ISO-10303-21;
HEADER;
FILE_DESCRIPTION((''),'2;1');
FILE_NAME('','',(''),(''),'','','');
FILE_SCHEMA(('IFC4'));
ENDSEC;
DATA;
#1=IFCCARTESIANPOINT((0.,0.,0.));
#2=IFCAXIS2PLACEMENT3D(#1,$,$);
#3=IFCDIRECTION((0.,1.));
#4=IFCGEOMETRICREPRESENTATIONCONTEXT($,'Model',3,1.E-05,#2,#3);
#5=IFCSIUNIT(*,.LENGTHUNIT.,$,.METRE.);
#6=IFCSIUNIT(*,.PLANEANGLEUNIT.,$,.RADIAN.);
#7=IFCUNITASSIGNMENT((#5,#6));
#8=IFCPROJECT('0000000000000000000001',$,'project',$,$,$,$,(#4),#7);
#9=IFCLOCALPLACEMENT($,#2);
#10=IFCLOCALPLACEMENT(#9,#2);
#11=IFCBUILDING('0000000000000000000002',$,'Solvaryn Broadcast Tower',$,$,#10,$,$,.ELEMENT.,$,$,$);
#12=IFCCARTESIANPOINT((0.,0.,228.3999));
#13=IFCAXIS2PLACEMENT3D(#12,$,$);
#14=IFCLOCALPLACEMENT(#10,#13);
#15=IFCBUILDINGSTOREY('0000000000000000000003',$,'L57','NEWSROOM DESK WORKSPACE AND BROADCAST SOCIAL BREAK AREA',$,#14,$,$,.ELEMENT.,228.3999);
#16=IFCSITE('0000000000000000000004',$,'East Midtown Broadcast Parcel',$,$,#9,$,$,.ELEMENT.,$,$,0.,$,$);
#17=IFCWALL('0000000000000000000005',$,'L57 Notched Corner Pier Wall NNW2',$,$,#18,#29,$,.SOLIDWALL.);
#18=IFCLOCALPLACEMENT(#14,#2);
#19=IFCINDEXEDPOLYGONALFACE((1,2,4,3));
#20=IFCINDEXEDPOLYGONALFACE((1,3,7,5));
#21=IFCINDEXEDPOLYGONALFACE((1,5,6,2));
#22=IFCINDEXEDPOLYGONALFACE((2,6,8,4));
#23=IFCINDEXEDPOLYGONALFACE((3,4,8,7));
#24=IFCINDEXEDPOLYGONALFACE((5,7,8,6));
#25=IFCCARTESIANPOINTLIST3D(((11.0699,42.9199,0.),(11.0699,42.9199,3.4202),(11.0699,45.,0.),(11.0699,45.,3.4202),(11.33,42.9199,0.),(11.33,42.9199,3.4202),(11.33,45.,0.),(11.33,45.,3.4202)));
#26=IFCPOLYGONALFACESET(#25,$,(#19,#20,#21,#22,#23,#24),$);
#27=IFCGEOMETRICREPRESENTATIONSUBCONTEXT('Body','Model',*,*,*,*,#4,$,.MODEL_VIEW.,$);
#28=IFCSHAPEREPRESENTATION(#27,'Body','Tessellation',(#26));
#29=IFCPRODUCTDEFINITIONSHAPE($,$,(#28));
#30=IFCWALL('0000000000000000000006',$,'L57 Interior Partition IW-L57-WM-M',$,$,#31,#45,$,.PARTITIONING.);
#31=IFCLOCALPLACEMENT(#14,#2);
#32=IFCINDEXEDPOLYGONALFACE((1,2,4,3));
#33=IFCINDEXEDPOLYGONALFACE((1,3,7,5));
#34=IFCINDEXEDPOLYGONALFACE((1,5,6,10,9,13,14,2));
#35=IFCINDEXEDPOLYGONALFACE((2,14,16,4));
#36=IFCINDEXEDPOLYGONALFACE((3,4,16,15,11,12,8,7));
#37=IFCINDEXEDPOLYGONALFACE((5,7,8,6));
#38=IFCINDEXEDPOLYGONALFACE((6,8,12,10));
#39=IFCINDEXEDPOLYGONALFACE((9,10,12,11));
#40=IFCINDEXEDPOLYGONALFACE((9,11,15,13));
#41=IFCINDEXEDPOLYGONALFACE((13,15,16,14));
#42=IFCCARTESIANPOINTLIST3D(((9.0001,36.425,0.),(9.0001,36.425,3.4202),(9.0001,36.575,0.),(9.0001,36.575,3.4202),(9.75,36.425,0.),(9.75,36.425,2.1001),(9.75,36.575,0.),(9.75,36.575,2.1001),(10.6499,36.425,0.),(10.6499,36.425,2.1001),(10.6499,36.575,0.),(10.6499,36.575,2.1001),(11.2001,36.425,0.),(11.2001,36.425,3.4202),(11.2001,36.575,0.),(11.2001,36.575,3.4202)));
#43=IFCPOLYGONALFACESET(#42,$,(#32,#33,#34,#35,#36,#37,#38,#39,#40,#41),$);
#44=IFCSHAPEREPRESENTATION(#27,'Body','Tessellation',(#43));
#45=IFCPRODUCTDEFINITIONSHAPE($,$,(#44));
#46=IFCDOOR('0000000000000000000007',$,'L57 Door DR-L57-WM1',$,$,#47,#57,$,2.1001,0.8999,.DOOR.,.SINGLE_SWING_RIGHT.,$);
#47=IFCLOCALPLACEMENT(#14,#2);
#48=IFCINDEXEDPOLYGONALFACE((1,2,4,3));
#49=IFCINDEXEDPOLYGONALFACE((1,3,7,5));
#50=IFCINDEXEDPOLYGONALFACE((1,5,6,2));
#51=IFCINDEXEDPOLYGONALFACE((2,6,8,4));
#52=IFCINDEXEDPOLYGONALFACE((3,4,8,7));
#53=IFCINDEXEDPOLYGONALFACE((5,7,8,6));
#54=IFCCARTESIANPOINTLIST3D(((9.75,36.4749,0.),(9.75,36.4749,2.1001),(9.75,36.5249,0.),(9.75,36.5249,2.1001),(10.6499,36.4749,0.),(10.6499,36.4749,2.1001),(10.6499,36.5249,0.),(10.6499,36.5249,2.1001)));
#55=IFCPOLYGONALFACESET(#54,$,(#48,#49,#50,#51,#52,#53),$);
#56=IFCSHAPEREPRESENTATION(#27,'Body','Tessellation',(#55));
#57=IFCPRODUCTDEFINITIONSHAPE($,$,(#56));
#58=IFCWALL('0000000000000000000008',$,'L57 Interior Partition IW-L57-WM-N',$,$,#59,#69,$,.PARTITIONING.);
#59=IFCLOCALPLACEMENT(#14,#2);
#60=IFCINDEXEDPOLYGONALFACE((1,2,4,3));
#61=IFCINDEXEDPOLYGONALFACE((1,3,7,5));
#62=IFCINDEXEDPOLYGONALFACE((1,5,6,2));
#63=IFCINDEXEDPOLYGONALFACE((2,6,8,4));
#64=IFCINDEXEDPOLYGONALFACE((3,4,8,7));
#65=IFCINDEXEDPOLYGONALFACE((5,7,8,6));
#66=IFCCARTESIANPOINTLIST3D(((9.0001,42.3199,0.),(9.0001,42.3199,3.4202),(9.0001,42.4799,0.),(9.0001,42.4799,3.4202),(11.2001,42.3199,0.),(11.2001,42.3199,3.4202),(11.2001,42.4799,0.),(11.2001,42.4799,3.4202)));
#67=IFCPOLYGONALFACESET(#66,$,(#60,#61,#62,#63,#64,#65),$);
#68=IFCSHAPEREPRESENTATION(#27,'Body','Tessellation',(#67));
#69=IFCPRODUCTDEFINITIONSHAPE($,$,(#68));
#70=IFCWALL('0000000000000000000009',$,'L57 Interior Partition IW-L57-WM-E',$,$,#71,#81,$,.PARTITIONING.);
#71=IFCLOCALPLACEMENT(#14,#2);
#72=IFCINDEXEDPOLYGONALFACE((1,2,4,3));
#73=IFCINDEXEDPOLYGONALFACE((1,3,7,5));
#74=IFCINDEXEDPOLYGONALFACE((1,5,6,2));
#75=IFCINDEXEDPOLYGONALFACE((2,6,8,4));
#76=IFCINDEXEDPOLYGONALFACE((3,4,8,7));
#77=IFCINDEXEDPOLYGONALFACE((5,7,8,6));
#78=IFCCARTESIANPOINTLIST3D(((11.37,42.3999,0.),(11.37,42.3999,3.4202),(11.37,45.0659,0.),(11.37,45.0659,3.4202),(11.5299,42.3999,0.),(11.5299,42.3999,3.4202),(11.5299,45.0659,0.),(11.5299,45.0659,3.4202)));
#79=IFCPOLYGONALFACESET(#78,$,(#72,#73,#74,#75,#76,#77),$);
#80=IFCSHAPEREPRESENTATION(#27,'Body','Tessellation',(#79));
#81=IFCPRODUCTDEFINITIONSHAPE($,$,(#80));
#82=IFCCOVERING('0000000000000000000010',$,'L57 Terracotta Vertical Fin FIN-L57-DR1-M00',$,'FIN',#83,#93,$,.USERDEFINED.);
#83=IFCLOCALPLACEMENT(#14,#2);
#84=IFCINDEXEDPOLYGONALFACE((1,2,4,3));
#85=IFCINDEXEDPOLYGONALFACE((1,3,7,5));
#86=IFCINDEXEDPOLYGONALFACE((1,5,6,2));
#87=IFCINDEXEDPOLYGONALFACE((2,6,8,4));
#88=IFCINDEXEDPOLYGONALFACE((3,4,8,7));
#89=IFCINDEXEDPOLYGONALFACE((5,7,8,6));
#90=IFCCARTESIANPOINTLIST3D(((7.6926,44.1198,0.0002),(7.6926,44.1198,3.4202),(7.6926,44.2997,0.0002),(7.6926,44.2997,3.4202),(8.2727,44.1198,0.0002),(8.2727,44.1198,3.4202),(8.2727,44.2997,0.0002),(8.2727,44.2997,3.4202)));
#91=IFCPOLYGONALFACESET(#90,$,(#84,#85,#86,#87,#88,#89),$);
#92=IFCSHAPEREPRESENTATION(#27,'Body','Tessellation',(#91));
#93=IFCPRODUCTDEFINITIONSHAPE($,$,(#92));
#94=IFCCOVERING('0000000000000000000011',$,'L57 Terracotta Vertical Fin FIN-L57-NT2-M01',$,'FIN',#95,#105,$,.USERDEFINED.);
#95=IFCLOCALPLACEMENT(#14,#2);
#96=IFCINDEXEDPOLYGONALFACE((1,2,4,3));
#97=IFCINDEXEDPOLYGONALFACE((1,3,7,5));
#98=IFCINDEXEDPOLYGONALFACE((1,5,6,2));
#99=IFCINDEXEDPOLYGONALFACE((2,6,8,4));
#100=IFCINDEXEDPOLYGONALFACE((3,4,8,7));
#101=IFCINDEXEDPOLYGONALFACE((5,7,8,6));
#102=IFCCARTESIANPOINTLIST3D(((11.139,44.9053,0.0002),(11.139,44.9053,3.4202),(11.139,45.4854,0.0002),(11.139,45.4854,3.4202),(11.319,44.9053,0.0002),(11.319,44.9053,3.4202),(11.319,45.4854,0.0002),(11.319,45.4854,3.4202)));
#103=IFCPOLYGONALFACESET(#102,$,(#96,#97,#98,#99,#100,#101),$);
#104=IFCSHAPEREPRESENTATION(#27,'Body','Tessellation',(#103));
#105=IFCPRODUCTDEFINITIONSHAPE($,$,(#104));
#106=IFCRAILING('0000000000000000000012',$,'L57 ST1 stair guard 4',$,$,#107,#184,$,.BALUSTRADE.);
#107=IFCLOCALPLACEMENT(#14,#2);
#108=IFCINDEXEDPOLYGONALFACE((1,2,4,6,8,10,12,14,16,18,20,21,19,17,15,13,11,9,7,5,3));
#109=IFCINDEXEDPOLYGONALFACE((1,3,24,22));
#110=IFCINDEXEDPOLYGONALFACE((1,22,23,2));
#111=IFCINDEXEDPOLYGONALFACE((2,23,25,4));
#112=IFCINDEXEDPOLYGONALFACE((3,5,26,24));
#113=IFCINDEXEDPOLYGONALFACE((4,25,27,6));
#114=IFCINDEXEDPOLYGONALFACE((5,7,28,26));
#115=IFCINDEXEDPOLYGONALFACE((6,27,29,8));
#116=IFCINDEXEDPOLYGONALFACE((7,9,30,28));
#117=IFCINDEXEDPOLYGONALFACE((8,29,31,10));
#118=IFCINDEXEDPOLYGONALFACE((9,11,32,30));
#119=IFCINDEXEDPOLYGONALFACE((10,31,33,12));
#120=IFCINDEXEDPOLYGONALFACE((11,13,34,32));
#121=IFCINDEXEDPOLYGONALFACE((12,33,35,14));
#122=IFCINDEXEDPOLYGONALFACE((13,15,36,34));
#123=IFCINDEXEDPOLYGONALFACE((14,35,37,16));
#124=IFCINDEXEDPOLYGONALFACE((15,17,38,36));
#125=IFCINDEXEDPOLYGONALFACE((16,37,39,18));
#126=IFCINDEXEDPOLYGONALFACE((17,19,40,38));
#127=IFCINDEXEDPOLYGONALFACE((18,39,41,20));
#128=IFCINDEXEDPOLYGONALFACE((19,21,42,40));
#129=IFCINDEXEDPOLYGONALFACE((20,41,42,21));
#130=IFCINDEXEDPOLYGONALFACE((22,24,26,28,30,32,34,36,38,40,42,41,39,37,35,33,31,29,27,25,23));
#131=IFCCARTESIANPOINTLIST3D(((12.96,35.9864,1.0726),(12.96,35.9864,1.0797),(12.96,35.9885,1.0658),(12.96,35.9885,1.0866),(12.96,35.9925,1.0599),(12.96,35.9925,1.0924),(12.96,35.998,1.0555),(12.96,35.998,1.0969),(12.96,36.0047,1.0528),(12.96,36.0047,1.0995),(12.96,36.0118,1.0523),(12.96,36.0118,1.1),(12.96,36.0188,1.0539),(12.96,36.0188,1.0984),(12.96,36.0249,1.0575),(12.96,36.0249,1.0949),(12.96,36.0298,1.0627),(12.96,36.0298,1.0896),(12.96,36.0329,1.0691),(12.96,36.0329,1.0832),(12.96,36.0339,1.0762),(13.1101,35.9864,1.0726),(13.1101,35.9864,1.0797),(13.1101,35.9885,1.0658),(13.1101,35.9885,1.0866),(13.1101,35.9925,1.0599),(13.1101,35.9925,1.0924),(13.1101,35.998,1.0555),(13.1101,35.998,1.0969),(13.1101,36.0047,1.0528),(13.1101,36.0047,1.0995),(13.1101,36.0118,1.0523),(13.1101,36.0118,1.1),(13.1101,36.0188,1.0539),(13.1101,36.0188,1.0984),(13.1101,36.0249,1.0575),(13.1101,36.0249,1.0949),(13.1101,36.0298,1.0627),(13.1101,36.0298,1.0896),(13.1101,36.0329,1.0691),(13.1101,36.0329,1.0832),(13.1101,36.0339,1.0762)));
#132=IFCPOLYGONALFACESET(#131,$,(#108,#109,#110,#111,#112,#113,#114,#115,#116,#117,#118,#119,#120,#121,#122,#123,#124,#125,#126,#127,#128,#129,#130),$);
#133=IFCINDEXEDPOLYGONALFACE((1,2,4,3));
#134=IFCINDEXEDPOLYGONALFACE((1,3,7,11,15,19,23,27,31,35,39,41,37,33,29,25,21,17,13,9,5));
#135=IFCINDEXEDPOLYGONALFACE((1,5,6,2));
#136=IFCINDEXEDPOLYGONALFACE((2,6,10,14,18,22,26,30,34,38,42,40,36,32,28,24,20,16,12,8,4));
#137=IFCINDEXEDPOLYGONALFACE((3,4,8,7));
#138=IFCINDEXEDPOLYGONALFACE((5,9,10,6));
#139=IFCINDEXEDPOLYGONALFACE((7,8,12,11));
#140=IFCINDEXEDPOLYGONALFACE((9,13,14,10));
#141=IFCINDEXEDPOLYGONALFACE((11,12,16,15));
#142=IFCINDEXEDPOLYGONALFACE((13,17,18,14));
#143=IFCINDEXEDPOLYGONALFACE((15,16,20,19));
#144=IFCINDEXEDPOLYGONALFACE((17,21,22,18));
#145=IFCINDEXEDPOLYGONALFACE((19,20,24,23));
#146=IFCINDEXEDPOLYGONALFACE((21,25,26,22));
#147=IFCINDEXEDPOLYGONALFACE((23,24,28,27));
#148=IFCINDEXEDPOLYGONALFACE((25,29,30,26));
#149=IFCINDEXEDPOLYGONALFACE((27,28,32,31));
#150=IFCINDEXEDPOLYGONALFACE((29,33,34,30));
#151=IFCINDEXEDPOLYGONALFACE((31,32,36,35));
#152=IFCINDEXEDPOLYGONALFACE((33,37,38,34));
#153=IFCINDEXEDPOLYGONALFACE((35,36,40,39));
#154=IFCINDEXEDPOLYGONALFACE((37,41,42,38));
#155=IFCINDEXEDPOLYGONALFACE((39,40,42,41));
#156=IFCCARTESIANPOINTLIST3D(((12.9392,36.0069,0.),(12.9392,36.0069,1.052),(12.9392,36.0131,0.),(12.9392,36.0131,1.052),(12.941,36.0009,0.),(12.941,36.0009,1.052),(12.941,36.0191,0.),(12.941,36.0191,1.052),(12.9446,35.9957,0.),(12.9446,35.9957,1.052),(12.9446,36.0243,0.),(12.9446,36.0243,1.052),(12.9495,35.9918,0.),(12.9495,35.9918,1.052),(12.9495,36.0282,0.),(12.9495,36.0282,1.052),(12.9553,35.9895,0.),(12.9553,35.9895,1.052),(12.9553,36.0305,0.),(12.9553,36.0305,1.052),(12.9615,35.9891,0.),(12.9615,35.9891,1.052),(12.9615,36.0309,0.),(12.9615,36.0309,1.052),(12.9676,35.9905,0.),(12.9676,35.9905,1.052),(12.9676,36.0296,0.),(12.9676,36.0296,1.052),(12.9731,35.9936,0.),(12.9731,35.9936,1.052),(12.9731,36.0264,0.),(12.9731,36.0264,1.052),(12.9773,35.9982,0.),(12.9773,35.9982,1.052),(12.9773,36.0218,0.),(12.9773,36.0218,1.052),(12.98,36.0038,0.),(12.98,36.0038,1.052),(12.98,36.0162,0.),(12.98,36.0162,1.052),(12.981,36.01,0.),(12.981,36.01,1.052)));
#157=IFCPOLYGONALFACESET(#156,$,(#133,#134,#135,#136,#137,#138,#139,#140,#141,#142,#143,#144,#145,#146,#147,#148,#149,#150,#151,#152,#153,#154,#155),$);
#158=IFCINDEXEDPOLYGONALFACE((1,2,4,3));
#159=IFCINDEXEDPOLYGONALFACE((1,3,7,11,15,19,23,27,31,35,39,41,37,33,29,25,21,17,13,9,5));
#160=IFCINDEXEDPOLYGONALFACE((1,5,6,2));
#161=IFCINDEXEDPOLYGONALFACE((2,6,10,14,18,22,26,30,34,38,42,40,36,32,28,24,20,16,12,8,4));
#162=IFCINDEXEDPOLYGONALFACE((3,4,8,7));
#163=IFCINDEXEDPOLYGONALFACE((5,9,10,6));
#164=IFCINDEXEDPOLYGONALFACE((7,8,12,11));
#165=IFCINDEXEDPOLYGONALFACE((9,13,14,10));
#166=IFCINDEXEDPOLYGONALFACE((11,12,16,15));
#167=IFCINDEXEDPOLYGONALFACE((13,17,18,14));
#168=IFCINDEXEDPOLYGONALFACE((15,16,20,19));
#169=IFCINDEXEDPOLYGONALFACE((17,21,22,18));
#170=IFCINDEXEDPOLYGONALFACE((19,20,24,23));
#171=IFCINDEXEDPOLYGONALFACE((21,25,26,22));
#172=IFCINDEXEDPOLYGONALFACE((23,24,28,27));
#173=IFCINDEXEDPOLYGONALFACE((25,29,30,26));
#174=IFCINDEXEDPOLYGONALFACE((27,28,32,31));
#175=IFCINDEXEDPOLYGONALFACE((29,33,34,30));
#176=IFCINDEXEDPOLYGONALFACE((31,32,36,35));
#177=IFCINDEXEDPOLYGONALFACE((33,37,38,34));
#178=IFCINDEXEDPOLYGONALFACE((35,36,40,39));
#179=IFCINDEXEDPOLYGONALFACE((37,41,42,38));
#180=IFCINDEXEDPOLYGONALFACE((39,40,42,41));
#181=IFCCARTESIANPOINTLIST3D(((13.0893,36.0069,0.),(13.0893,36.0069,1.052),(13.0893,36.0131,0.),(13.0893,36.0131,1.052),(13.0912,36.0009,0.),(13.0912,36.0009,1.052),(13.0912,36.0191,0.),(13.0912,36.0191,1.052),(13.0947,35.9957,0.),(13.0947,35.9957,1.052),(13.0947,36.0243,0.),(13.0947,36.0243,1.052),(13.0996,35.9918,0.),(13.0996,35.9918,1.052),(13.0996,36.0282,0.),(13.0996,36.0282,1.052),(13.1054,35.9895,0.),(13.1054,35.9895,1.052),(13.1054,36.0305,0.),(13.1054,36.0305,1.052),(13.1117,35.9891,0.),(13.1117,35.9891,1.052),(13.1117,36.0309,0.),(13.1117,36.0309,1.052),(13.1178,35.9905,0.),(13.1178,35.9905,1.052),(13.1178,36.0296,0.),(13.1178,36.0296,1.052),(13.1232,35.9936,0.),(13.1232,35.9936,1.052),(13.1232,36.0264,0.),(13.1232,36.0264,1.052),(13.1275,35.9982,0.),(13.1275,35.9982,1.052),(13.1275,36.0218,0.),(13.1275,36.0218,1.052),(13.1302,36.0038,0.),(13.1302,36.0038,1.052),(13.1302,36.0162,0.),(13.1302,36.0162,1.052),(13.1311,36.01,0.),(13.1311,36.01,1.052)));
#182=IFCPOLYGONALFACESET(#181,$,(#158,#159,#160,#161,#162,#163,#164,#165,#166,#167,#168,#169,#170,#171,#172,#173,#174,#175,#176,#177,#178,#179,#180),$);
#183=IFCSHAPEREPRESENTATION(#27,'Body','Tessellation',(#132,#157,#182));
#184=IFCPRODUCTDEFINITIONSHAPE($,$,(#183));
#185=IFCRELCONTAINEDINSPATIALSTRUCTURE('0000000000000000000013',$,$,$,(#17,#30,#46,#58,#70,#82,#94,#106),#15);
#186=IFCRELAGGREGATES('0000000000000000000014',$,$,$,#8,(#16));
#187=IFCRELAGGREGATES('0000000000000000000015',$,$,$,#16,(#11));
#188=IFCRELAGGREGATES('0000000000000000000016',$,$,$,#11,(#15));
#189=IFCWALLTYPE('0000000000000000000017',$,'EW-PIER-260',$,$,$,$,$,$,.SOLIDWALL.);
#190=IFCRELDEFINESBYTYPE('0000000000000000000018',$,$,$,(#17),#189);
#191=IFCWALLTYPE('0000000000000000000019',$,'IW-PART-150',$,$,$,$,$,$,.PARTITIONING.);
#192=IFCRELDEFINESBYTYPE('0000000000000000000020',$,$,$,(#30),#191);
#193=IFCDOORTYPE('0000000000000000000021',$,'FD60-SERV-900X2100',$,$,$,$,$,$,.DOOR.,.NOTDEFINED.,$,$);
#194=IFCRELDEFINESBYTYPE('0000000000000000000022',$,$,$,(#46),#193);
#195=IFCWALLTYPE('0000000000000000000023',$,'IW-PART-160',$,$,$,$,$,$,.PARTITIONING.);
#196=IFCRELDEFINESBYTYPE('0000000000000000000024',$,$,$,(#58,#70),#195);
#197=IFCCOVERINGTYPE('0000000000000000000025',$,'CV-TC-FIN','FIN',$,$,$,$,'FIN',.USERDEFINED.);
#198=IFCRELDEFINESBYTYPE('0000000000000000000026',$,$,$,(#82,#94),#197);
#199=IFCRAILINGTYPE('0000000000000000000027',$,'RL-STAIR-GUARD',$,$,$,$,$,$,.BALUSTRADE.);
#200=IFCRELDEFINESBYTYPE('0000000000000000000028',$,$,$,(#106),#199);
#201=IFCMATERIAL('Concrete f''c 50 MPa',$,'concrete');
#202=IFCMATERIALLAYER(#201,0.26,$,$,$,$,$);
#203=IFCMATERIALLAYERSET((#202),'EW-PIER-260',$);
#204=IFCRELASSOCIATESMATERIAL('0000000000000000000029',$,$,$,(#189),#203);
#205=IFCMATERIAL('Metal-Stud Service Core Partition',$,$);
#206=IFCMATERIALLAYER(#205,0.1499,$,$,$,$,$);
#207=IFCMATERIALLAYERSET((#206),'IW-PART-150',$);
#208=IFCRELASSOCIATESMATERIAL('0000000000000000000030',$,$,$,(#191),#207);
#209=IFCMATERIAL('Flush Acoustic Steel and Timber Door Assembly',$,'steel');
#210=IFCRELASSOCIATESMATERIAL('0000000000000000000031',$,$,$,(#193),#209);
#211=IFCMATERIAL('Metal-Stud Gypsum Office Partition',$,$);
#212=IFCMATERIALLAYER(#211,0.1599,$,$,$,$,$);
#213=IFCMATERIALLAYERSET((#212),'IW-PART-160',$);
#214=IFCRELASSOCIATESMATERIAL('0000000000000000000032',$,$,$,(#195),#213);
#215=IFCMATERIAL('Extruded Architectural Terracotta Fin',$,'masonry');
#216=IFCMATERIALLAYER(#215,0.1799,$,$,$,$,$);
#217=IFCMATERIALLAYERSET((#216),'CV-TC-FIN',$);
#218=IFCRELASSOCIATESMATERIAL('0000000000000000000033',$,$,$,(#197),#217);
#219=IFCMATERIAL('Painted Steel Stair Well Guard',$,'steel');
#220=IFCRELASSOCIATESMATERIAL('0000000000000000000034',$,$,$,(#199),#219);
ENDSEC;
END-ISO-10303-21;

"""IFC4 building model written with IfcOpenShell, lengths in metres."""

from ifc_helpers import new_model, si_unit, direction, frame, frame_2d, origin, origin_2d, place, context, subcontext, project, spatial, rectangle, circle, extrude, material, layer, layer_set, type_object, element, fill, save


model = new_model("IFC4")

# Units and contexts
model_context = context("Model", 3, precision=1e-05, world=origin(), true_north=direction((0.0, 1.0)))
body_context = subcontext(model_context, "Body", "Model", "MODEL_VIEW")
ifc_project = project(units=[si_unit("LENGTHUNIT", "METRE"), si_unit("PLANEANGLEUNIT", "RADIAN")], contexts=[model_context])

# Site, building, storey
site_placement = place(None, origin())
site = spatial("IfcSite", under=ifc_project, at=site_placement, Name="East Midtown Broadcast Parcel", CompositionType="ELEMENT", RefElevation=0.0)
building_placement = place(site_placement, origin())
building = spatial("IfcBuilding", under=site, at=building_placement, Name="Solvaryn Broadcast Tower", CompositionType="ELEMENT")
storey_placement = place(building_placement, frame((0.0, 0.0, 228.3999)))
storey = spatial("IfcBuildingStorey", under=building, at=storey_placement, Name="L57", Description="NEWSROOM DESK WORKSPACE AND BROADCAST SOCIAL BREAK AREA", CompositionType="ELEMENT", Elevation=228.3999)

# Wall
ifc_material_1 = material(Name="Concrete f'c 50 MPa", Category="concrete")
ifc_layer_1 = layer(ifc_material_1, 0.26)
ifc_layer_set_1 = layer_set([ifc_layer_1], Name="EW-PIER-260")
wall_type_1 = type_object("IfcWallType", Name="EW-PIER-260", PredefinedType="SOLIDWALL", material=ifc_layer_set_1)
wall_1_placement = place(storey_placement, frame((11.2, 42.9199, 0.0), z_axis=(0.0, 0.0, 1.0), x_axis=(0.0, 1.0, 0.0)))
element("IfcWall", 1, at=wall_1_placement, inside=storey, type_object=wall_type_1, Name="L57 Notched Corner Pier Wall NNW2", PredefinedType="SOLIDWALL", context=body_context, shape_type="SweptSolid", body=[
    extrude(rectangle(XDim=2.0801, YDim=0.26, at=frame_2d((1.04, 0.0))), origin(), (0.0, 0.0, 1.0), 3.4202),
])

# Wall, opening, door
ifc_material_2 = material(Name="Metal-Stud Service Core Partition")
ifc_layer_2 = layer(ifc_material_2, 0.1499)
ifc_layer_set_2 = layer_set([ifc_layer_2], Name="IW-PART-150")
wall_type_2 = type_object("IfcWallType", Name="IW-PART-150", PredefinedType="PARTITIONING", material=ifc_layer_set_2)
wall_2_placement = place(storey_placement, frame((9.0, 36.5, 0.0), z_axis=(0.0, 0.0, 1.0), x_axis=(1.0, 0.0, 0.0)))
wall_2 = element("IfcWall", 2, at=wall_2_placement, inside=storey, type_object=wall_type_2, Name="L57 Interior Partition IW-L57-WM-M", PredefinedType="PARTITIONING", context=body_context, shape_type="SweptSolid", body=[
    extrude(rectangle(XDim=2.2, YDim=0.1499, at=frame_2d((1.1001, 0.0))), origin(), (0.0, 0.0, 1.0), 3.4202),
])
opening_placement = place(wall_2_placement, frame((0.75, 0.0, 0.0)))
opening = element("IfcOpeningElement", 3, at=opening_placement, cuts=wall_2, PredefinedType="OPENING", context=body_context, shape_type="SweptSolid", body=[
    extrude(rectangle(XDim=0.8999, YDim=2.1001, at=frame_2d((0.45, 1.05))), frame((0.0, 0.085, 0.0), z_axis=(0.0, -1.0, 0.0), x_axis=(1.0, 0.0, 0.0)), (0.0, 0.0, 1.0), 0.1699),
])
ifc_material_3 = material(Name="Flush Acoustic Steel and Timber Door Assembly", Category="steel")
door_type = type_object("IfcDoorType", Name="FD60-SERV-900X2100", OperationType="NOTDEFINED", PredefinedType="DOOR", material=ifc_material_3)
door_placement = place(opening_placement, origin())
door = element("IfcDoor", 4, at=door_placement, inside=storey, type_object=door_type, Name="L57 Door DR-L57-WM1", OperationType="SINGLE_SWING_RIGHT", OverallHeight=2.1001, OverallWidth=0.8999, PredefinedType="DOOR", context=body_context, shape_type="SweptSolid", body=[
    extrude(rectangle(XDim=0.8999, YDim=2.1001, at=frame_2d((0.45, 1.05))), frame((0.0, 0.0249, 0.0), z_axis=(0.0, -1.0, 0.0), x_axis=(1.0, 0.0, 0.0)), (0.0, 0.0, 1.0), 0.05),
])
fill(opening, door)

# Walls
ifc_material_4 = material(Name="Metal-Stud Gypsum Office Partition")
ifc_layer_3 = layer(ifc_material_4, 0.1599)
ifc_layer_set_3 = layer_set([ifc_layer_3], Name="IW-PART-160")
wall_type_3 = type_object("IfcWallType", Name="IW-PART-160", PredefinedType="PARTITIONING", material=ifc_layer_set_3)
wall_3_placement = place(storey_placement, frame((9.0, 42.3999, 0.0), z_axis=(0.0, 0.0, 1.0), x_axis=(1.0, 0.0, 0.0)))
element("IfcWall", 5, at=wall_3_placement, inside=storey, type_object=wall_type_3, Name="L57 Interior Partition IW-L57-WM-N", PredefinedType="PARTITIONING", context=body_context, shape_type="SweptSolid", body=[
    extrude(rectangle(XDim=2.2, YDim=0.1599, at=frame_2d((1.1001, 0.0))), origin(), (0.0, 0.0, 1.0), 3.4202),
])
wall_4_placement = place(storey_placement, frame((11.45, 42.3999, 0.0), z_axis=(0.0, 0.0, 1.0), x_axis=(0.0, 1.0, 0.0)))
element("IfcWall", 6, at=wall_4_placement, inside=storey, type_object=wall_type_3, Name="L57 Interior Partition IW-L57-WM-E", PredefinedType="PARTITIONING", context=body_context, shape_type="SweptSolid", body=[
    extrude(rectangle(XDim=2.666, YDim=0.1599, at=frame_2d((1.333, 0.0))), origin(), (0.0, 0.0, 1.0), 3.4202),
])

# Coverings
ifc_material_5 = material(Name="Extruded Architectural Terracotta Fin", Category="masonry")
ifc_layer_4 = layer(ifc_material_5, 0.1799)
ifc_layer_set_4 = layer_set([ifc_layer_4], Name="CV-TC-FIN")
covering_type = type_object("IfcCoveringType", Name="CV-TC-FIN", Description="FIN", ElementType="FIN", PredefinedType="USERDEFINED", material=ifc_layer_set_4)
covering_1_placement = place(storey_placement, frame((7.9827, 44.2097, 0.0002), z_axis=(0.0, 0.0, 1.0), x_axis=(1.0, 0.0, 0.0)))
element("IfcCovering", 7, at=covering_1_placement, inside=storey, type_object=covering_type, Name="L57 Terracotta Vertical Fin FIN-L57-DR1-M00", ObjectType="FIN", PredefinedType="USERDEFINED", context=body_context, shape_type="SweptSolid", body=[
    extrude(rectangle(XDim=0.5801, YDim=0.1799, at=origin_2d()), origin(), (0.0, 0.0, 1.0), 3.4199),
])
covering_2_placement = place(storey_placement, frame((11.229, 45.1953, 0.0002), z_axis=(0.0, 0.0, 1.0), x_axis=(1.0, 0.0, 0.0)))
element("IfcCovering", 8, at=covering_2_placement, inside=storey, type_object=covering_type, Name="L57 Terracotta Vertical Fin FIN-L57-NT2-M01", ObjectType="FIN", PredefinedType="USERDEFINED", context=body_context, shape_type="SweptSolid", body=[
    extrude(rectangle(XDim=0.1799, YDim=0.5801, at=origin_2d()), origin(), (0.0, 0.0, 1.0), 3.4199),
])

# Railing
ifc_material_6 = material(Name="Painted Steel Stair Well Guard", Category="steel")
railing_type_1 = type_object("IfcRailingType", Name="RL-STAIR-GUARD", PredefinedType="BALUSTRADE", material=ifc_material_6)
railing_1_placement = place(storey_placement, frame((12.96, 36.01, 0.0)))
element("IfcRailing", 9, at=railing_1_placement, inside=storey, type_object=railing_type_1, Name="L57 ST1 stair guard 4", PredefinedType="BALUSTRADE", context=body_context, shape_type="SweptSolid", body=[
    extrude(circle(Radius=0.0239, at=origin_2d()), frame((0.0, 0.0, 1.0762), z_axis=(1.0, 0.0, 0.0), x_axis=(0.0, 1.0, 0.0)), (0.0, 0.0, 1.0), 0.1501),
    extrude(circle(Radius=0.021, at=origin_2d()), origin(), (0.0, 0.0, 1.0), 1.052),
    extrude(circle(Radius=0.021, at=origin_2d()), frame((0.1501, 0.0, 0.0)), (0.0, 0.0, 1.0), 1.052),
])

save(model, "model.ifc")
